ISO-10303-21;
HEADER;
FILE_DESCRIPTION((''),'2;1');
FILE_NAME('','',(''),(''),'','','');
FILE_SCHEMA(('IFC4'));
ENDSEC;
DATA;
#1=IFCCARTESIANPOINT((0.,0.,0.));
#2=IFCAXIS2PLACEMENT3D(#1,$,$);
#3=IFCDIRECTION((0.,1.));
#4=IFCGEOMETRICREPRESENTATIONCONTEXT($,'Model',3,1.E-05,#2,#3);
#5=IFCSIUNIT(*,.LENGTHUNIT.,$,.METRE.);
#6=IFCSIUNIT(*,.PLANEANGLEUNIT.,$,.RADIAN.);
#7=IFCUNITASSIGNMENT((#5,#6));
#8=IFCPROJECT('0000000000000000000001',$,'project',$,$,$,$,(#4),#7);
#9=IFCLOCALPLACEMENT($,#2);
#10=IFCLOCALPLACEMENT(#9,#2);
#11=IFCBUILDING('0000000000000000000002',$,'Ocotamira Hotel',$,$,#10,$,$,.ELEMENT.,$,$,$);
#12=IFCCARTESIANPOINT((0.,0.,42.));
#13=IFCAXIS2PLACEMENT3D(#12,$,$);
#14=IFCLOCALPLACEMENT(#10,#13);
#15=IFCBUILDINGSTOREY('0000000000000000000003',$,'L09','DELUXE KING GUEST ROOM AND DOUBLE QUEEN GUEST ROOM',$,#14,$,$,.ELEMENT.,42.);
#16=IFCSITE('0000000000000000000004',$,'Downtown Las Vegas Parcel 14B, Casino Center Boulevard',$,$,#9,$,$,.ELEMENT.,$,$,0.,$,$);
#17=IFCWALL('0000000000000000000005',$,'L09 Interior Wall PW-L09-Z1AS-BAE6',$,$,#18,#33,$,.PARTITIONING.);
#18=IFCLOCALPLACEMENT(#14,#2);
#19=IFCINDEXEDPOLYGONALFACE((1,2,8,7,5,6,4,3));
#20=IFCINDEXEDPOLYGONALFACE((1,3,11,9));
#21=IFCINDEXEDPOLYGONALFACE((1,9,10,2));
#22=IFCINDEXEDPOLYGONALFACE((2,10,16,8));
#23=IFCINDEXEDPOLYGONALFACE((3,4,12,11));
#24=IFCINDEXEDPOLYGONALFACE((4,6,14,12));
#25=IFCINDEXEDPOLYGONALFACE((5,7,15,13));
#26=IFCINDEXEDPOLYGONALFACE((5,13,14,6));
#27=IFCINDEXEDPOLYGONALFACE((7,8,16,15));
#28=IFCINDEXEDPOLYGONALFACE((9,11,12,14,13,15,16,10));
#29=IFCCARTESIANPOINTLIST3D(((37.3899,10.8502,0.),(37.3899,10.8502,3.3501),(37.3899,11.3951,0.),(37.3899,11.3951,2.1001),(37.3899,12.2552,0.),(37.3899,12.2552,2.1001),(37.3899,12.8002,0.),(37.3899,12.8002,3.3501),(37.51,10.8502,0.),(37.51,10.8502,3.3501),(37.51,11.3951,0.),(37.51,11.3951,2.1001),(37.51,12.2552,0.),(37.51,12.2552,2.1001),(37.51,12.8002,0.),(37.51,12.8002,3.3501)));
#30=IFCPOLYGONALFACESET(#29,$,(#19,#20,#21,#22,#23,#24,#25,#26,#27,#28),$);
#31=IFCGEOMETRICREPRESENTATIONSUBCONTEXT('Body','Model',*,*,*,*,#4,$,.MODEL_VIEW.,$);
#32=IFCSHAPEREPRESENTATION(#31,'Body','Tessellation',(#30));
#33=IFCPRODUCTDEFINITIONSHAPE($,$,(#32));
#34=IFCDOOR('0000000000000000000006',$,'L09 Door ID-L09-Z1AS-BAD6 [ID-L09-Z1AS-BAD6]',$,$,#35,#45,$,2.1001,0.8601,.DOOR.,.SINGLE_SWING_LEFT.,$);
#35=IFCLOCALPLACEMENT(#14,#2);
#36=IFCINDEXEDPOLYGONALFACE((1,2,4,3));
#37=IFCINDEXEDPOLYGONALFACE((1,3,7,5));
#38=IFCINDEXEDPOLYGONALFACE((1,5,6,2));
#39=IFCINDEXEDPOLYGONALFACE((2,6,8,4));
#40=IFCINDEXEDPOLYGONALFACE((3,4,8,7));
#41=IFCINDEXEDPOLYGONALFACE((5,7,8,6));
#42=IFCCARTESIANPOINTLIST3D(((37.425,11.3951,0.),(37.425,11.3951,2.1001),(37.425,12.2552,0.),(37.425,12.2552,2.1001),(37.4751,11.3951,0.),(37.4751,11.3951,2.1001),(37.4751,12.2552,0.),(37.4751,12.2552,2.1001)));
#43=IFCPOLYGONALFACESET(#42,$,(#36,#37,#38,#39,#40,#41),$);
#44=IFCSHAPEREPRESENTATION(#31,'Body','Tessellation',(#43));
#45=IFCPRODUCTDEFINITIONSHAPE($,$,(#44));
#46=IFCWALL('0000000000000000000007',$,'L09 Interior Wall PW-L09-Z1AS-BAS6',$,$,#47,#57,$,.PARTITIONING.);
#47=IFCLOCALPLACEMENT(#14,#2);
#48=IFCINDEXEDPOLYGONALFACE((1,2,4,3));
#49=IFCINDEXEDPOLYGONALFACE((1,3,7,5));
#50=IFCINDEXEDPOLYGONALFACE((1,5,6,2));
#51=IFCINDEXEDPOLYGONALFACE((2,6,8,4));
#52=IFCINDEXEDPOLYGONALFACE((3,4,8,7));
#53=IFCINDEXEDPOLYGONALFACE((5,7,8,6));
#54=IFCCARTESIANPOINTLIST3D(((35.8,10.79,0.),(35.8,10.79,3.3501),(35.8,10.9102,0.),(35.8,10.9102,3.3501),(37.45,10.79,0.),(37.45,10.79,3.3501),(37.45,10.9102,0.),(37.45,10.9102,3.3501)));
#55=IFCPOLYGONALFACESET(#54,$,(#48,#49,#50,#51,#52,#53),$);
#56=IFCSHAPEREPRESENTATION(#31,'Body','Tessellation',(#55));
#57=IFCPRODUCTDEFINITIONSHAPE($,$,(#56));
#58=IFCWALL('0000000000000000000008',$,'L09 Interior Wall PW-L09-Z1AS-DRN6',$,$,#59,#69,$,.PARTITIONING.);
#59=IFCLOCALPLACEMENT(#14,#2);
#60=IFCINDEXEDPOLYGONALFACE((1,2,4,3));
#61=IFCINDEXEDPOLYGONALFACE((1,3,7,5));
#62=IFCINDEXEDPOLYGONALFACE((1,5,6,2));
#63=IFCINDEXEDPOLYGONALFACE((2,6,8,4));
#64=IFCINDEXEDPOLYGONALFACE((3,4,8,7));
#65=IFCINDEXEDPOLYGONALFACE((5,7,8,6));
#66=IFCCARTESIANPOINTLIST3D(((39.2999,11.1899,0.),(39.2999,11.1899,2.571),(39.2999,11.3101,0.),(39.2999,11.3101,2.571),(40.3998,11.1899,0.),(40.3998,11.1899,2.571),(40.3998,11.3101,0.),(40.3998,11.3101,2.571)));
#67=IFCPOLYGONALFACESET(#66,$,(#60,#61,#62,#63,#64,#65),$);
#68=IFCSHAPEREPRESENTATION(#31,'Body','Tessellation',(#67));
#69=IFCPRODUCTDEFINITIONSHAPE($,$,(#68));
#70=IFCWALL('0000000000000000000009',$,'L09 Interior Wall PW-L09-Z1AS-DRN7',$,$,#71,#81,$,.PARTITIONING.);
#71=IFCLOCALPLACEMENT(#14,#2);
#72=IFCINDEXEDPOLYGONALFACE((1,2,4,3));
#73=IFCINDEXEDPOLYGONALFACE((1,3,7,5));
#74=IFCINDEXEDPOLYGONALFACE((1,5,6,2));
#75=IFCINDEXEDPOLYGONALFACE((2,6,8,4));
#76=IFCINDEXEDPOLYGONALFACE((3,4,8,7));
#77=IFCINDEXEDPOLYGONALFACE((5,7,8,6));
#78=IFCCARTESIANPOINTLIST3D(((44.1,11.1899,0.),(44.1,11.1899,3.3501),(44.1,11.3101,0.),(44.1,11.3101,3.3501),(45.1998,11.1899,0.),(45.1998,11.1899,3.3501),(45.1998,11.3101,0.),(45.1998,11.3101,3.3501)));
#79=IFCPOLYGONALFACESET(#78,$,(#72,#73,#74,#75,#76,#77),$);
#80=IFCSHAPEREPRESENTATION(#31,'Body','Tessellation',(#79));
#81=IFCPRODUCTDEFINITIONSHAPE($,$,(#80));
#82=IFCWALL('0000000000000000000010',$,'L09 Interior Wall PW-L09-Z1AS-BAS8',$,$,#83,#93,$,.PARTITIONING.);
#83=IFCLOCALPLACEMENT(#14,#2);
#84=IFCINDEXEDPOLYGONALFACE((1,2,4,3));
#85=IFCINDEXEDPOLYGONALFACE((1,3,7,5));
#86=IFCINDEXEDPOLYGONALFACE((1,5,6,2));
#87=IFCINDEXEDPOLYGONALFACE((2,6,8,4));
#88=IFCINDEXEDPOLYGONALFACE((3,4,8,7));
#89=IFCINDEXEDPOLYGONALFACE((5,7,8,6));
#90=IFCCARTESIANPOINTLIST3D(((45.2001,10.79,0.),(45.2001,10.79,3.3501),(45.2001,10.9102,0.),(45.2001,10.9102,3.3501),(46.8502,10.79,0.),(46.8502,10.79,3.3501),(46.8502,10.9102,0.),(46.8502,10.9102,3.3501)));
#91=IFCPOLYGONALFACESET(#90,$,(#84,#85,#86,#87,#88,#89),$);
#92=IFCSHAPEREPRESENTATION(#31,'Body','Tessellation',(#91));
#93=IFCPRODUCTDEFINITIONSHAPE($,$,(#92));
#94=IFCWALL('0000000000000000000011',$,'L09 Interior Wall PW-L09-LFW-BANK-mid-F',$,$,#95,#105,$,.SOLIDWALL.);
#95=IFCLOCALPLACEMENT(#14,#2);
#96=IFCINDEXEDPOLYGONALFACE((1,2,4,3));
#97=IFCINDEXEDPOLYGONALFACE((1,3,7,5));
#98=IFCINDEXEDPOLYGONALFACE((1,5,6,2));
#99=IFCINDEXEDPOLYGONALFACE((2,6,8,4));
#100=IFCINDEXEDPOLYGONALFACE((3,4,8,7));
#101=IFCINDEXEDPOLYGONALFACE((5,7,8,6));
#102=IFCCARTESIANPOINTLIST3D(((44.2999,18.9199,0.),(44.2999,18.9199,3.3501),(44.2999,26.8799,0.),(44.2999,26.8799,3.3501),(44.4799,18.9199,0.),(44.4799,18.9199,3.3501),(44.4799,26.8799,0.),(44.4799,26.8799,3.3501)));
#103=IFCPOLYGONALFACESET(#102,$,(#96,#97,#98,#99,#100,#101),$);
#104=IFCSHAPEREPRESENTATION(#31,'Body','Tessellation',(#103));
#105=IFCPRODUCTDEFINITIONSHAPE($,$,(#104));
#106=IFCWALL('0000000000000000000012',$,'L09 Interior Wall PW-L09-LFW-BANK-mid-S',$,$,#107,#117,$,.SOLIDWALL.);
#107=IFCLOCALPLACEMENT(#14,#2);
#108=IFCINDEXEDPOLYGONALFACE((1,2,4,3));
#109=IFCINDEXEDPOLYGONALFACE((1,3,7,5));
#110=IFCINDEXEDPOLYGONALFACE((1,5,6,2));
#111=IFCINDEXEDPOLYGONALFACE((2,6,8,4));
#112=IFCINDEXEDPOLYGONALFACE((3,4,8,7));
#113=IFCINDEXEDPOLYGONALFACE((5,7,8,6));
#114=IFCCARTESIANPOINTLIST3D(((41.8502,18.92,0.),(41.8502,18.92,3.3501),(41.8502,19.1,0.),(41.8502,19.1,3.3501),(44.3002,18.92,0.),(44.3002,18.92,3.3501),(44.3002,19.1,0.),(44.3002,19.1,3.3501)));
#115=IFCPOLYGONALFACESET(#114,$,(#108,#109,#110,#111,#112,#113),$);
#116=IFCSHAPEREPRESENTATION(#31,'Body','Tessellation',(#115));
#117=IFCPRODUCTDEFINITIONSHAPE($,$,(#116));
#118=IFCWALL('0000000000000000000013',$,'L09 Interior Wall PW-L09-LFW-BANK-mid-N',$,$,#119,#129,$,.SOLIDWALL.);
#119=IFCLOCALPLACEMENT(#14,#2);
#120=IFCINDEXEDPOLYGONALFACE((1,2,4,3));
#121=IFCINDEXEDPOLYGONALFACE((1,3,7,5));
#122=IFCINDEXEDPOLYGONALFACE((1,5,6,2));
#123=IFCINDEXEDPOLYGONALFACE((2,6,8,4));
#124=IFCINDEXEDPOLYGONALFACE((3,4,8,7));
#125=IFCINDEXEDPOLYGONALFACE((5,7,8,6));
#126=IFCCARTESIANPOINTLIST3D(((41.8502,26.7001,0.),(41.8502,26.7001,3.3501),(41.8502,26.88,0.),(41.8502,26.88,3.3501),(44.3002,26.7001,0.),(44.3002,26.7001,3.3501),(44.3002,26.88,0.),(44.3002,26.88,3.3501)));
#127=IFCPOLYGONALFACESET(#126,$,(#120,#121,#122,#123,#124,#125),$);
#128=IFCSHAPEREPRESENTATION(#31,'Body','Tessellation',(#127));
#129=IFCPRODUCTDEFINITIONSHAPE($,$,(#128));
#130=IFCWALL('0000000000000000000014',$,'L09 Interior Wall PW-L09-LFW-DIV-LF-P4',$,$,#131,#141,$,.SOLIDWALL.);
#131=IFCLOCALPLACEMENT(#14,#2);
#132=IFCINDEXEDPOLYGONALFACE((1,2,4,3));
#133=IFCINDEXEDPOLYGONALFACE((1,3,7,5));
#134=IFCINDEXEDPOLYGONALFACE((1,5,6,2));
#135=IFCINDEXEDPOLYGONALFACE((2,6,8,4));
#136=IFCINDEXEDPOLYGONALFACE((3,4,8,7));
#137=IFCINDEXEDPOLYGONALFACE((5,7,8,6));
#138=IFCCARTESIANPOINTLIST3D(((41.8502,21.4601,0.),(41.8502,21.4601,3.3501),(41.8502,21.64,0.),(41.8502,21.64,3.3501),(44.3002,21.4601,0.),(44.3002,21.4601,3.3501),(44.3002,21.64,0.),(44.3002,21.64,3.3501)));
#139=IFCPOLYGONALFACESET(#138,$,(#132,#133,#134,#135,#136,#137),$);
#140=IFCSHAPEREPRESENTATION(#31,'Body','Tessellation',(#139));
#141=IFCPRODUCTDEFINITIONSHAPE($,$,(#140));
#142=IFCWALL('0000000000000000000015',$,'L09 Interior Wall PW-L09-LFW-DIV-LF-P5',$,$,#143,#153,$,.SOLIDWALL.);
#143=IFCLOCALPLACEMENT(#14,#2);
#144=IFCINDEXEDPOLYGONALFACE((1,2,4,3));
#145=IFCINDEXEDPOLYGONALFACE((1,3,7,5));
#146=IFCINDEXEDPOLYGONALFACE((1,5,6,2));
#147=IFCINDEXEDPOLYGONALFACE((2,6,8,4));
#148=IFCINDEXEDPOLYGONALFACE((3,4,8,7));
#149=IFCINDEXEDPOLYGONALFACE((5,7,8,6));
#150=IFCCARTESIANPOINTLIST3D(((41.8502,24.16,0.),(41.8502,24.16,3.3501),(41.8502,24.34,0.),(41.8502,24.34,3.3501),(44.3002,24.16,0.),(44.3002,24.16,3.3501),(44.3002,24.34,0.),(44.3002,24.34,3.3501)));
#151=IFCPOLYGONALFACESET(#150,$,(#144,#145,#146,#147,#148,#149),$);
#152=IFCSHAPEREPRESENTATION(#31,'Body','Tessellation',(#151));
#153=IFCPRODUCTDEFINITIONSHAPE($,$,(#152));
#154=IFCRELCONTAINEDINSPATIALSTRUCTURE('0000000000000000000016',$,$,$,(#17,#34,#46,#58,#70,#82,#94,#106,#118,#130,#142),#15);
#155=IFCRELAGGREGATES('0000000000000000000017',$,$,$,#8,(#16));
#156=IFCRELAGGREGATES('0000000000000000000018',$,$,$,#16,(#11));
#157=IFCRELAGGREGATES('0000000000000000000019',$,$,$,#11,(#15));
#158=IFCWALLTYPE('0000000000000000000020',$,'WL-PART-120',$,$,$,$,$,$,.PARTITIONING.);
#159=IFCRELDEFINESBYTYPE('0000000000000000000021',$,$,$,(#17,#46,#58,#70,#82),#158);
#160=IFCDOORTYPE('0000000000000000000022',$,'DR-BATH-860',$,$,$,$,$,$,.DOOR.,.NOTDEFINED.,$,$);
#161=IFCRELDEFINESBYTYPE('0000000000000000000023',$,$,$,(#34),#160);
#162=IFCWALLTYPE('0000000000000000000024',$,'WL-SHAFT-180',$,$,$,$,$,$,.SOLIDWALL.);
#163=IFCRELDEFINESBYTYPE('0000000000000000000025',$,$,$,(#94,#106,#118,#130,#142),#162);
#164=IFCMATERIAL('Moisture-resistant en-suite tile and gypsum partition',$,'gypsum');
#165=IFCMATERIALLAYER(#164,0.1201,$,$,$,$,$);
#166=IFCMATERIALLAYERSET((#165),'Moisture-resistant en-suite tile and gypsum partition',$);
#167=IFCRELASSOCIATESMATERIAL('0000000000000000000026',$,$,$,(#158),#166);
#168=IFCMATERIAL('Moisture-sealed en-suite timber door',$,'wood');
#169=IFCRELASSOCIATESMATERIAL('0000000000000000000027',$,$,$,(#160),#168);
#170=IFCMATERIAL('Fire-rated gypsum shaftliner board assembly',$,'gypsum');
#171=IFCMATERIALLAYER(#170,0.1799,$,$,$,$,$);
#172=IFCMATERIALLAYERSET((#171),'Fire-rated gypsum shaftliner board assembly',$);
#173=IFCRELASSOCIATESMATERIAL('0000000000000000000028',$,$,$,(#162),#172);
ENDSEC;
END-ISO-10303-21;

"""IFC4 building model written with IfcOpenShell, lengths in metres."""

from ifc_helpers import new_model, si_unit, direction, frame, frame_2d, origin, place, context, subcontext, project, spatial, rectangle, extrude, source, transform, mapped, material, layer, layer_set, type_object, element, fill, save


model = new_model("IFC4")

# Units and contexts
model_context = context("Model", 3, precision=1e-05, world=origin(), true_north=direction((0.0, 1.0)))
body_context = subcontext(model_context, "Body", "Model", "MODEL_VIEW")
ifc_project = project(units=[si_unit("LENGTHUNIT", "METRE"), si_unit("PLANEANGLEUNIT", "RADIAN")], contexts=[model_context])

# Site, building, storey
site_placement = place(None, origin())
site = spatial("IfcSite", under=ifc_project, at=site_placement, Name="Downtown Las Vegas Parcel 14B, Casino Center Boulevard", CompositionType="ELEMENT", RefElevation=0.0)
building_placement = place(site_placement, origin())
building = spatial("IfcBuilding", under=site, at=building_placement, Name="Ocotamira Hotel", CompositionType="ELEMENT")
storey_placement = place(building_placement, frame((0.0, 0.0, 42.0)))
storey = spatial("IfcBuildingStorey", under=building, at=storey_placement, Name="L09", Description="DELUXE KING GUEST ROOM AND DOUBLE QUEEN GUEST ROOM", CompositionType="ELEMENT", Elevation=42.0)

# Shared definitions
ifc_material_1 = material(Name="Moisture-resistant en-suite tile and gypsum partition", Category="gypsum")
ifc_layer_1 = layer(ifc_material_1, 0.1201)
ifc_layer_set_1 = layer_set([ifc_layer_1], Name="Moisture-resistant en-suite tile and gypsum partition")
wall_type_1 = type_object("IfcWallType", Name="WL-PART-120", PredefinedType="PARTITIONING", material=ifc_layer_set_1)

# Wall, opening, door
wall_1_placement = place(storey_placement, frame((37.45, 10.8501, 0.0), z_axis=(0.0, 0.0, 1.0), x_axis=(0.0, 1.0, 0.0)))
wall_1 = element("IfcWall", 1, at=wall_1_placement, inside=storey, type_object=wall_type_1, Name="L09 Interior Wall PW-L09-Z1AS-BAE6", PredefinedType="PARTITIONING", context=body_context, shape_type="SweptSolid", body=[
    extrude(rectangle(XDim=1.95, YDim=0.1201, at=frame_2d((0.9751, 0.0))), origin(), (0.0, 0.0, 1.0), 3.3501),
])
opening_1_placement = place(wall_1_placement, frame((0.5449, 0.0, 0.0)))
opening_1 = element("IfcOpeningElement", 2, at=opening_1_placement, cuts=wall_1, PredefinedType="OPENING", context=body_context, shape_type="SweptSolid", body=[
    extrude(rectangle(XDim=0.8601, YDim=2.1001, at=frame_2d((0.4302, 1.05))), frame((0.0, 0.0701, 0.0), z_axis=(0.0, -1.0, 0.0), x_axis=(1.0, 0.0, 0.0)), (0.0, 0.0, 1.0), 0.1401),
])
ifc_material_2 = material(Name="Moisture-sealed en-suite timber door", Category="wood")
door_type_1 = type_object("IfcDoorType", Name="DR-BATH-860", OperationType="NOTDEFINED", PredefinedType="DOOR", material=ifc_material_2)
shared_shape_1 = source(origin(), body_context, "Body", "SweptSolid", [
    extrude(rectangle(XDim=0.8601, YDim=2.1001, at=frame_2d((0.4302, 1.05))), frame((0.0, 0.0249, 0.0), z_axis=(0.0, -1.0, 0.0), x_axis=(1.0, 0.0, 0.0)), (0.0, 0.0, 1.0), 0.05),
])
door_1_placement = place(opening_1_placement, origin())
door_1 = element("IfcDoor", 3, at=door_1_placement, inside=storey, type_object=door_type_1, Name="L09 Door ID-L09-Z1AS-BAD6 [ID-L09-Z1AS-BAD6]", OperationType="SINGLE_SWING_LEFT", OverallHeight=2.1001, OverallWidth=0.8601, PredefinedType="DOOR", context=body_context, shape_type="MappedRepresentation", body=[
    mapped(shared_shape_1, transform((0.0, 0.0, 0.0), scale=1.0)),
])
fill(opening_1, door_1)

# Walls
wall_2_placement = place(storey_placement, frame((35.8, 10.8501, 0.0), z_axis=(0.0, 0.0, 1.0), x_axis=(1.0, 0.0, 0.0)))
element("IfcWall", 4, at=wall_2_placement, inside=storey, type_object=wall_type_1, Name="L09 Interior Wall PW-L09-Z1AS-BAS6", PredefinedType="PARTITIONING", context=body_context, shape_type="SweptSolid", body=[
    extrude(rectangle(XDim=1.6499, YDim=0.1201, at=frame_2d((0.825, 0.0))), origin(), (0.0, 0.0, 1.0), 3.3501),
])
wall_3_placement = place(storey_placement, frame((39.3, 11.25, 0.0), z_axis=(0.0, 0.0, 1.0), x_axis=(1.0, 0.0, 0.0)))
element("IfcWall", 5, at=wall_3_placement, inside=storey, type_object=wall_type_1, Name="L09 Interior Wall PW-L09-Z1AS-DRN6", PredefinedType="PARTITIONING", context=body_context, shape_type="SweptSolid", body=[
    extrude(rectangle(XDim=1.0999, YDim=0.1201, at=frame_2d((0.5498, 0.0))), origin(), (0.0, 0.0, 1.0), 2.571),
])
wall_4_placement = place(storey_placement, frame((44.1001, 11.25, 0.0), z_axis=(0.0, 0.0, 1.0), x_axis=(1.0, 0.0, 0.0)))
element("IfcWall", 6, at=wall_4_placement, inside=storey, type_object=wall_type_1, Name="L09 Interior Wall PW-L09-Z1AS-DRN7", PredefinedType="PARTITIONING", context=body_context, shape_type="SweptSolid", body=[
    extrude(rectangle(XDim=1.0999, YDim=0.1201, at=frame_2d((0.5498, 0.0))), origin(), (0.0, 0.0, 1.0), 3.3501),
])
wall_5_placement = place(storey_placement, frame((45.2, 10.8501, 0.0), z_axis=(0.0, 0.0, 1.0), x_axis=(1.0, 0.0, 0.0)))
element("IfcWall", 7, at=wall_5_placement, inside=storey, type_object=wall_type_1, Name="L09 Interior Wall PW-L09-Z1AS-BAS8", PredefinedType="PARTITIONING", context=body_context, shape_type="SweptSolid", body=[
    extrude(rectangle(XDim=1.6501, YDim=0.1201, at=frame_2d((0.8252, 0.0))), origin(), (0.0, 0.0, 1.0), 3.3501),
])
ifc_material_3 = material(Name="Fire-rated gypsum shaftliner board assembly", Category="gypsum")
ifc_layer_2 = layer(ifc_material_3, 0.1799)
ifc_layer_set_2 = layer_set([ifc_layer_2], Name="Fire-rated gypsum shaftliner board assembly")
wall_type_2 = type_object("IfcWallType", Name="WL-SHAFT-180", PredefinedType="SOLIDWALL", material=ifc_layer_set_2)
wall_6_placement = place(storey_placement, frame((44.3899, 18.9199, 0.0), z_axis=(0.0, 0.0, 1.0), x_axis=(0.0, 1.0, 0.0)))
element("IfcWall", 8, at=wall_6_placement, inside=storey, type_object=wall_type_2, Name="L09 Interior Wall PW-L09-LFW-BANK-mid-F", PredefinedType="SOLIDWALL", context=body_context, shape_type="SweptSolid", body=[
    extrude(rectangle(XDim=7.96, YDim=0.1799, at=frame_2d((3.98, 0.0))), origin(), (0.0, 0.0, 1.0), 3.3501),
])
for number, where, z_axis, x_axis, name in (
    (9, (41.8501, 19.01, 0.0), (0.0, 0.0, 1.0), (1.0, 0.0, 0.0), "L09 Interior Wall PW-L09-LFW-BANK-mid-S"),
    (10, (41.8501, 26.79, 0.0), (0.0, 0.0, 1.0), (1.0, 0.0, 0.0), "L09 Interior Wall PW-L09-LFW-BANK-mid-N"),
    (11, (41.8501, 21.55, 0.0), (0.0, 0.0, 1.0), (1.0, 0.0, 0.0), "L09 Interior Wall PW-L09-LFW-DIV-LF-P4"),
    (12, (41.8501, 24.25, 0.0), (0.0, 0.0, 1.0), (1.0, 0.0, 0.0), "L09 Interior Wall PW-L09-LFW-DIV-LF-P5"),
):
    element("IfcWall", number, at=place(storey_placement, frame(where, z_axis=z_axis, x_axis=x_axis)), inside=storey, type_object=wall_type_2, Name=name, PredefinedType="SOLIDWALL", context=body_context, shape_type="SweptSolid", body=[
        extrude(rectangle(XDim=2.45, YDim=0.1799, at=frame_2d((1.2251, 0.0))), origin(), (0.0, 0.0, 1.0), 3.3501),
    ])

save(model, "model.ifc")
